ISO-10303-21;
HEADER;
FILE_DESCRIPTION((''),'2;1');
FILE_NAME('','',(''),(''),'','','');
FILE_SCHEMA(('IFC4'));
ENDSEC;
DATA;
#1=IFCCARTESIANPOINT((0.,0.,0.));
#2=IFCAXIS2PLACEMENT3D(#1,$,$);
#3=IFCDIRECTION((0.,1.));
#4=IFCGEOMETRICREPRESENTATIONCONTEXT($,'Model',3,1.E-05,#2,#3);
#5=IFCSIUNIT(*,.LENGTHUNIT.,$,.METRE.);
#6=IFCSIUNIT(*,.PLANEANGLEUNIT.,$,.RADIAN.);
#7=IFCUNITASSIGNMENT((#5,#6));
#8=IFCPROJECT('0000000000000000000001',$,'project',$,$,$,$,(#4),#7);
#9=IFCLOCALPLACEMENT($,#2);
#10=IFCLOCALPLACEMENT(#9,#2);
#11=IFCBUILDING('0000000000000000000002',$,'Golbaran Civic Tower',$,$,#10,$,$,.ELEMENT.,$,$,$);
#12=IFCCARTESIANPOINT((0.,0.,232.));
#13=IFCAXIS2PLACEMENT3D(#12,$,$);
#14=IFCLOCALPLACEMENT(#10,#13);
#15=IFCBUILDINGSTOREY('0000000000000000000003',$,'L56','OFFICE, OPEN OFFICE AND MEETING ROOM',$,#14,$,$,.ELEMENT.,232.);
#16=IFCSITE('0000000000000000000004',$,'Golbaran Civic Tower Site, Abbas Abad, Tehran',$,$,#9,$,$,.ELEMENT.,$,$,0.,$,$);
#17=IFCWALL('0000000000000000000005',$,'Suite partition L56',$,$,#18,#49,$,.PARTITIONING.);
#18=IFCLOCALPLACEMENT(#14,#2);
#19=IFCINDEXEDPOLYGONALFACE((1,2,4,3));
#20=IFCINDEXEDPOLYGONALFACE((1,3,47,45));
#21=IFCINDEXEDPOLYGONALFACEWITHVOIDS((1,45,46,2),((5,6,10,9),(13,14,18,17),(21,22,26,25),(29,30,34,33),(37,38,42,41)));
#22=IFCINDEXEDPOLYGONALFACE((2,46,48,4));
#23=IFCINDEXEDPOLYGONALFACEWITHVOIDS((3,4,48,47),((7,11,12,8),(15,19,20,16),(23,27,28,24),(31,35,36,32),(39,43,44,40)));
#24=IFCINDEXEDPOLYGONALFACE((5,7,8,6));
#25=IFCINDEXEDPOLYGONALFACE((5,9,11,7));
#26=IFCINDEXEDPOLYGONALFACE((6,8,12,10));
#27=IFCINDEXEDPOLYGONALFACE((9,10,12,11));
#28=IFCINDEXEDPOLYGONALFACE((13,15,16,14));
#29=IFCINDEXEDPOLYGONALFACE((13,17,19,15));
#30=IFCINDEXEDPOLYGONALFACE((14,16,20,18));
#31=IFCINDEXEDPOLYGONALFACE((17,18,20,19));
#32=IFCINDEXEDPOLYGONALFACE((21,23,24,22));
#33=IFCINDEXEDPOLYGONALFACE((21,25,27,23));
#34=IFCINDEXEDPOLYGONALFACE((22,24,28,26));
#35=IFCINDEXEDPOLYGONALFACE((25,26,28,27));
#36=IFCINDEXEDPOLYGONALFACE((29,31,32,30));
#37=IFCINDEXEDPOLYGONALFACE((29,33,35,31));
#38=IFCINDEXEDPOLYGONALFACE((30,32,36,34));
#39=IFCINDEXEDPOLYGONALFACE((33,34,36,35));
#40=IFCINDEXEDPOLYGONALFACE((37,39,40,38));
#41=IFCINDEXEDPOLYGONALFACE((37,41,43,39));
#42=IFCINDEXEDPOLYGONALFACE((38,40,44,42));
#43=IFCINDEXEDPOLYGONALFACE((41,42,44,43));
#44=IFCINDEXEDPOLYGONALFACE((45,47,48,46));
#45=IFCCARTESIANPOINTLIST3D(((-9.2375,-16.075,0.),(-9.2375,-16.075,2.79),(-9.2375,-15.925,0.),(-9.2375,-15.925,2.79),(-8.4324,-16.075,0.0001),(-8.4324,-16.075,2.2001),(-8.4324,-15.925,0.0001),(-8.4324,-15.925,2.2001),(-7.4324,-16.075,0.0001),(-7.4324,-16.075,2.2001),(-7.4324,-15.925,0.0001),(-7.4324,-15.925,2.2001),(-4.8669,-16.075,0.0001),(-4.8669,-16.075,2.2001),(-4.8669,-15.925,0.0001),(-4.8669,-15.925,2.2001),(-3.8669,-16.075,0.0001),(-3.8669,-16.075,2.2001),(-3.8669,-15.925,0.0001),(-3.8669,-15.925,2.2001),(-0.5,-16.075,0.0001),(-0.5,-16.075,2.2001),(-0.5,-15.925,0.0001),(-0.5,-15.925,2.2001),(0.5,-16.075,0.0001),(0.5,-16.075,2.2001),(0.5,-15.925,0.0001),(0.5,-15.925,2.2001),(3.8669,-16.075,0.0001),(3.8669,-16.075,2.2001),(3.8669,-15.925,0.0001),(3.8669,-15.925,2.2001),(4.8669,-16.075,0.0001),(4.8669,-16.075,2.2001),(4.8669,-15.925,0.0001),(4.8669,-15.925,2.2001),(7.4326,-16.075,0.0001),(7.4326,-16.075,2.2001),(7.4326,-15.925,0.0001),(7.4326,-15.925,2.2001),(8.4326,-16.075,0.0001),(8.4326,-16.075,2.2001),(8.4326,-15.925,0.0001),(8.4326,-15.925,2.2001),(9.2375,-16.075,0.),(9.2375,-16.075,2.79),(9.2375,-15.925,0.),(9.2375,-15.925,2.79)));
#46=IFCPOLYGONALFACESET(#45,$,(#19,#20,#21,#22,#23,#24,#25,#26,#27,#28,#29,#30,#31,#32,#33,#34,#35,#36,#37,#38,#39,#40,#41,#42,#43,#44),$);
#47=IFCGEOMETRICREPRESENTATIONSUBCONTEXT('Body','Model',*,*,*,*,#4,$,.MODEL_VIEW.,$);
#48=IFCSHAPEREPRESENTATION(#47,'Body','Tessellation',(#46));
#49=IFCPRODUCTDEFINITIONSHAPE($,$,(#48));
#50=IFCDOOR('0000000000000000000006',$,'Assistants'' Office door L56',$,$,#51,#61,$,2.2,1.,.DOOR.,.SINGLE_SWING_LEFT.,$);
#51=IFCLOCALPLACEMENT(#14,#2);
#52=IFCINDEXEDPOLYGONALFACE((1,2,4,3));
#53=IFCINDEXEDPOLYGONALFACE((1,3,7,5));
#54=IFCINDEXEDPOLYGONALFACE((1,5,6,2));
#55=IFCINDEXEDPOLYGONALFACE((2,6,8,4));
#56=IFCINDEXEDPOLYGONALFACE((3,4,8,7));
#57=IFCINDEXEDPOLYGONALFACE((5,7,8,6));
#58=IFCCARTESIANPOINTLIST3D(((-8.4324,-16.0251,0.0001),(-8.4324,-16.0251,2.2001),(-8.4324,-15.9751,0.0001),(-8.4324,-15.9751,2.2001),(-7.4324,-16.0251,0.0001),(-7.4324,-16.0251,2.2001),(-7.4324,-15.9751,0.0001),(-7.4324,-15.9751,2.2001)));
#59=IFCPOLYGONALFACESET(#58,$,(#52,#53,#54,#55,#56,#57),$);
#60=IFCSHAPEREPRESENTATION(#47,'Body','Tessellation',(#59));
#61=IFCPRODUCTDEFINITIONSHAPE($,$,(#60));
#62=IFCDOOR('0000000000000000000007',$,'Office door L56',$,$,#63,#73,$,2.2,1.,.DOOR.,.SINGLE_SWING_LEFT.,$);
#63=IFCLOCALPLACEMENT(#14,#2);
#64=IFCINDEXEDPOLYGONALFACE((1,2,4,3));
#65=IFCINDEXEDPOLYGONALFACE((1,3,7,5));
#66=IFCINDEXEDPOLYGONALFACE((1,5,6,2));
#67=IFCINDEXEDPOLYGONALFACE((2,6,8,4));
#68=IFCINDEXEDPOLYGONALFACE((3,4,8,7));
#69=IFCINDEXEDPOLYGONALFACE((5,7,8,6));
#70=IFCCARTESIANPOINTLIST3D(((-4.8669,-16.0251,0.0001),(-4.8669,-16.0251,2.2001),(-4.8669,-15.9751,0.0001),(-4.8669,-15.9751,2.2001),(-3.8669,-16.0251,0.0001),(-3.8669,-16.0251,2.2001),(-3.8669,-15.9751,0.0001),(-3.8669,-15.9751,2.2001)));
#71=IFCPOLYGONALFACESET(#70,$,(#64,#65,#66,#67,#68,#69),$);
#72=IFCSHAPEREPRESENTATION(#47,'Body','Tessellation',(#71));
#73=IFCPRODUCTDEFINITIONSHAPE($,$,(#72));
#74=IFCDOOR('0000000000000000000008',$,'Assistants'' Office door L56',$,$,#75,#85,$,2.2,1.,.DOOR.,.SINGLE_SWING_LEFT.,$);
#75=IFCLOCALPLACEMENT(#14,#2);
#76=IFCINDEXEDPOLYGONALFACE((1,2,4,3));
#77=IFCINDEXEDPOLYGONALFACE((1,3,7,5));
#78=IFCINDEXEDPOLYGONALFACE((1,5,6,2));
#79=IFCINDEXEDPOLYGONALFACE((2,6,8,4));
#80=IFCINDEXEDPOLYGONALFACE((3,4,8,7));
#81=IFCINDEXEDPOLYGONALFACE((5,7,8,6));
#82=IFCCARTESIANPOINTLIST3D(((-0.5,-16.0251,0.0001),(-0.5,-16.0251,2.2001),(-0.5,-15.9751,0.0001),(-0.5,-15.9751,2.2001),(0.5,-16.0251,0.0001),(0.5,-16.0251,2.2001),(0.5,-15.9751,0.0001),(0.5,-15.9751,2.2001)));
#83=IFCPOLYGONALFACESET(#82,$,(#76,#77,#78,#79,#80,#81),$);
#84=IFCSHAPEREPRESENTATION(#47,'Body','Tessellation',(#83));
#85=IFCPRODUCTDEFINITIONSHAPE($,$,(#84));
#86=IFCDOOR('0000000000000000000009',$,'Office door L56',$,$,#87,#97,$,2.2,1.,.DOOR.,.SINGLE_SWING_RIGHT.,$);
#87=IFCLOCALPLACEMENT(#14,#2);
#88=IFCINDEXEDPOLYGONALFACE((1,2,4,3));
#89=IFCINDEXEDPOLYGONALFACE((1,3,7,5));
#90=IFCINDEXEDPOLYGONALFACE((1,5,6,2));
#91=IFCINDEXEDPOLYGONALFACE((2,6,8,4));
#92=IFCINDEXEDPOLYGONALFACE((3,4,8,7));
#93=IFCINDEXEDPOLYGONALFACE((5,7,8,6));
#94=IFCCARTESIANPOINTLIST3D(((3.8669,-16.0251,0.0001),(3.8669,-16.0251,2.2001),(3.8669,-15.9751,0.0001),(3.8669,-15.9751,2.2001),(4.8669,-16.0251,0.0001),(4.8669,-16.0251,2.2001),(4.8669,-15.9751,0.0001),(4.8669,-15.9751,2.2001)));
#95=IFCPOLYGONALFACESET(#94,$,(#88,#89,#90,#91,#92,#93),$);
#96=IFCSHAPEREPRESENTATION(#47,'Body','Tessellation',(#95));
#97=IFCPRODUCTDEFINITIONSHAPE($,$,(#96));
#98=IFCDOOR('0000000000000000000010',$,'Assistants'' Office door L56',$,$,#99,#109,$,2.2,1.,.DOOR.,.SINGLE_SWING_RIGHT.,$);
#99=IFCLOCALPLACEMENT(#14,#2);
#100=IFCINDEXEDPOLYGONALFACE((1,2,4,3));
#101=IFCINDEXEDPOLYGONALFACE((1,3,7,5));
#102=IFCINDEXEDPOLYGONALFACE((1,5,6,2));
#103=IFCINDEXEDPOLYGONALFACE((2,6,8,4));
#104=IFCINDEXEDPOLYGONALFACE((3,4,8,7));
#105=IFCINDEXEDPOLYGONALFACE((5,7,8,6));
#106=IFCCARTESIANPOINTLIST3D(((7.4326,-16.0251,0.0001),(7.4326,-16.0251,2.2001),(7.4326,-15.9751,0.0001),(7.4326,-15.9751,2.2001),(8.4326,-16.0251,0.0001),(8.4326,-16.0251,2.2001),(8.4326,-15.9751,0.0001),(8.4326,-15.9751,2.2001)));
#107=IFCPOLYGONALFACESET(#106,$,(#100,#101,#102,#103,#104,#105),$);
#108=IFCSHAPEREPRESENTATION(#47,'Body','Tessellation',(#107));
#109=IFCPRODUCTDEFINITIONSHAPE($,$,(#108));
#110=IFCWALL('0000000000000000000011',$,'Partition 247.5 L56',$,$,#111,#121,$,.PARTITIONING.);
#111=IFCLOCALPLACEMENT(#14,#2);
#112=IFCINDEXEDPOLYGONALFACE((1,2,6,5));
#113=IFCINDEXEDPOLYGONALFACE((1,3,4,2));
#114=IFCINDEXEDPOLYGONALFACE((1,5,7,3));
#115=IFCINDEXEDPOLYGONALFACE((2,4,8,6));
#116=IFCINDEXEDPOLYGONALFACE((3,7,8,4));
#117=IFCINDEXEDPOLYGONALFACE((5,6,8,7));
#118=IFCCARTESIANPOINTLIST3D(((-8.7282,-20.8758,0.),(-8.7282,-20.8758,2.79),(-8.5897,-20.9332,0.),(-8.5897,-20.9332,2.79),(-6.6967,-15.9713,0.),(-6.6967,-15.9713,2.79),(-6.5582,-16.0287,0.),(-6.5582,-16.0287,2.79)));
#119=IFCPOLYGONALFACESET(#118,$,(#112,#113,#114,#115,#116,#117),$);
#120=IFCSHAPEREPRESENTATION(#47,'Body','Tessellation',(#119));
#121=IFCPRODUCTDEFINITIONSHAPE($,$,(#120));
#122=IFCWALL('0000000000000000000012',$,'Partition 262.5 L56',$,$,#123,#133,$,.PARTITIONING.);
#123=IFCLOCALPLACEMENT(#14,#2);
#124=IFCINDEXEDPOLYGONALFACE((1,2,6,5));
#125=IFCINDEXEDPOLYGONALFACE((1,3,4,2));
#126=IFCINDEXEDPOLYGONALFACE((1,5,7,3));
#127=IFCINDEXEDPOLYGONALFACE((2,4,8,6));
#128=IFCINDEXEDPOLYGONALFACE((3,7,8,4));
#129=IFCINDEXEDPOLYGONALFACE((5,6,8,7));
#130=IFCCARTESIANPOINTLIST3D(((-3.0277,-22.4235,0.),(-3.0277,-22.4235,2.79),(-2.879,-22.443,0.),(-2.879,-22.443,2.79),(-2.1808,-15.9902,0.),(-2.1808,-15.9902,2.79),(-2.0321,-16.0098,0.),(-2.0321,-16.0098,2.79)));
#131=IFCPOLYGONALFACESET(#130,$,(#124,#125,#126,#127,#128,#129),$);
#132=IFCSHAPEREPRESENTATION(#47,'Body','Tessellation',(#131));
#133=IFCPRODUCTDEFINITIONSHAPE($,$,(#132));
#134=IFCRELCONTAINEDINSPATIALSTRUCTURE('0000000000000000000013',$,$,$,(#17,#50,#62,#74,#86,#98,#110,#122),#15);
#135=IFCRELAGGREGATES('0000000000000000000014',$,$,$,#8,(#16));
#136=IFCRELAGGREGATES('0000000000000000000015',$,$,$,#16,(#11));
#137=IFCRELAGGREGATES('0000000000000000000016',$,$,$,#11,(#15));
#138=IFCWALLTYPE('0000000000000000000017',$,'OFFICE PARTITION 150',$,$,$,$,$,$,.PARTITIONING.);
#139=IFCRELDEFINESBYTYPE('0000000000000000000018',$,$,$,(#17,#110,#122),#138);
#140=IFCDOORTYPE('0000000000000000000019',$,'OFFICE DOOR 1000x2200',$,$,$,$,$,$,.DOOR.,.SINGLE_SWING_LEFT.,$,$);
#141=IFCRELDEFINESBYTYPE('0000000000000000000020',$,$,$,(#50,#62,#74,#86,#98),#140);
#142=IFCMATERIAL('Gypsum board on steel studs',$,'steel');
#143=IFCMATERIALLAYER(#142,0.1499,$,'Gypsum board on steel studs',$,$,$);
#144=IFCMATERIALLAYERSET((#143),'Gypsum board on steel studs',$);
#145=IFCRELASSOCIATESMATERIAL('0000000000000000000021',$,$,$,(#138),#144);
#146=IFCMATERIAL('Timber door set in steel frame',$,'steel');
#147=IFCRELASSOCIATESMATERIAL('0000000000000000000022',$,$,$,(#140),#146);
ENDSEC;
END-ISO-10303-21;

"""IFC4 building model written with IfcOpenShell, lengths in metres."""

from ifc_helpers import new_model, si_unit, direction, frame, frame_2d, origin, place, context, subcontext, project, spatial, rectangle, extrude, material, layer, layer_set, type_object, element, fill, save


model = new_model("IFC4")

# Units and contexts
model_context = context("Model", 3, precision=1e-05, world=origin(), true_north=direction((0.0, 1.0)))
body_context = subcontext(model_context, "Body", "Model", "MODEL_VIEW")
ifc_project = project(units=[si_unit("LENGTHUNIT", "METRE"), si_unit("PLANEANGLEUNIT", "RADIAN")], contexts=[model_context])

# Site, building, storey
site_placement = place(None, origin())
site = spatial("IfcSite", under=ifc_project, at=site_placement, Name="Golbaran Civic Tower Site, Abbas Abad, Tehran", CompositionType="ELEMENT", RefElevation=0.0)
building_placement = place(site_placement, origin())
building = spatial("IfcBuilding", under=site, at=building_placement, Name="Golbaran Civic Tower", CompositionType="ELEMENT")
storey_placement = place(building_placement, frame((0.0, 0.0, 232.0)))
storey = spatial("IfcBuildingStorey", under=building, at=storey_placement, Name="L56", Description="OFFICE, OPEN OFFICE AND MEETING ROOM", CompositionType="ELEMENT", Elevation=232.0)

# Shared definitions
ifc_material_1 = material(Name="Timber door set in steel frame", Category="steel")

# Shared definitions
ifc_material_2 = material(Name="Gypsum board on steel studs", Category="steel")
ifc_layer_1 = layer(ifc_material_2, 0.1499, Name="Gypsum board on steel studs")
ifc_layer_set_1 = layer_set([ifc_layer_1], Name="Gypsum board on steel studs")
wall_type_1 = type_object("IfcWallType", Name="OFFICE PARTITION 150", PredefinedType="PARTITIONING", material=ifc_layer_set_1)

# Wall, openings, doors
wall_1_placement = place(storey_placement, frame((-9.2375, -16.0, 0.0), z_axis=(0.0, 0.0, 1.0), x_axis=(1.0, 0.0, 0.0)))
wall_1 = element("IfcWall", 1, at=wall_1_placement, inside=storey, type_object=wall_type_1, Name="Suite partition L56", PredefinedType="PARTITIONING", context=body_context, shape_type="SweptSolid", body=[
    extrude(rectangle(XDim=18.4751, YDim=0.1499, at=frame_2d((9.2375, 0.0))), origin(), (0.0, 0.0, 1.0), 2.79),
])
opening_1_placement = place(wall_1_placement, frame((0.8052, 0.0, 0.0)))
opening_1 = element("IfcOpeningElement", 2, at=opening_1_placement, cuts=wall_1, PredefinedType="OPENING", context=body_context, shape_type="SweptSolid", body=[
    extrude(rectangle(XDim=1.0, YDim=2.2, at=frame_2d((0.5, 1.1001))), frame((0.0, 0.085, 0.0), z_axis=(0.0, -1.0, 0.0), x_axis=(1.0, 0.0, 0.0)), (0.0, 0.0, 1.0), 0.1699),
])
opening_2_placement = place(wall_1_placement, frame((4.3706, 0.0, 0.0)))
opening_2 = element("IfcOpeningElement", 3, at=opening_2_placement, cuts=wall_1, PredefinedType="OPENING", context=body_context, shape_type="SweptSolid", body=[
    extrude(rectangle(XDim=1.0, YDim=2.2, at=frame_2d((0.5, 1.1001))), frame((0.0, 0.085, 0.0), z_axis=(0.0, -1.0, 0.0), x_axis=(1.0, 0.0, 0.0)), (0.0, 0.0, 1.0), 0.1699),
])
opening_3_placement = place(wall_1_placement, frame((8.7375, 0.0, 0.0)))
opening_3 = element("IfcOpeningElement", 4, at=opening_3_placement, cuts=wall_1, PredefinedType="OPENING", context=body_context, shape_type="SweptSolid", body=[
    extrude(rectangle(XDim=1.0, YDim=2.2, at=frame_2d((0.5, 1.1001))), frame((0.0, 0.085, 0.0), z_axis=(0.0, -1.0, 0.0), x_axis=(1.0, 0.0, 0.0)), (0.0, 0.0, 1.0), 0.1699),
])
opening_4_placement = place(wall_1_placement, frame((13.1045, 0.0, 0.0)))
opening_4 = element("IfcOpeningElement", 5, at=opening_4_placement, cuts=wall_1, PredefinedType="OPENING", context=body_context, shape_type="SweptSolid", body=[
    extrude(rectangle(XDim=1.0, YDim=2.2, at=frame_2d((0.5, 1.1001))), frame((0.0, 0.085, 0.0), z_axis=(0.0, -1.0, 0.0), x_axis=(1.0, 0.0, 0.0)), (0.0, 0.0, 1.0), 0.1699),
])
opening_5_placement = place(wall_1_placement, frame((16.6702, 0.0, 0.0)))
opening_5 = element("IfcOpeningElement", 6, at=opening_5_placement, cuts=wall_1, PredefinedType="OPENING", context=body_context, shape_type="SweptSolid", body=[
    extrude(rectangle(XDim=1.0, YDim=2.2, at=frame_2d((0.5, 1.1001))), frame((0.0, 0.085, 0.0), z_axis=(0.0, -1.0, 0.0), x_axis=(1.0, 0.0, 0.0)), (0.0, 0.0, 1.0), 0.1699),
])
door_type_1 = type_object("IfcDoorType", Name="OFFICE DOOR 1000x2200", OperationType="SINGLE_SWING_LEFT", PredefinedType="DOOR", material=ifc_material_1)
door_1_placement = place(opening_1_placement, origin())
door_1 = element("IfcDoor", 7, at=door_1_placement, inside=storey, type_object=door_type_1, Name="Assistants' Office door L56", OperationType="SINGLE_SWING_LEFT", OverallHeight=2.2, OverallWidth=1.0, PredefinedType="DOOR", context=body_context, shape_type="SweptSolid", body=[
    extrude(rectangle(XDim=1.0, YDim=2.2, at=frame_2d((0.5, 1.1001))), frame((0.0, 0.0249, 0.0), z_axis=(0.0, -1.0, 0.0), x_axis=(1.0, 0.0, 0.0)), (0.0, 0.0, 1.0), 0.05),
])
fill(opening_1, door_1)
door_2_placement = place(opening_2_placement, origin())
door_2 = element("IfcDoor", 8, at=door_2_placement, inside=storey, type_object=door_type_1, Name="Office door L56", OperationType="SINGLE_SWING_LEFT", OverallHeight=2.2, OverallWidth=1.0, PredefinedType="DOOR", context=body_context, shape_type="SweptSolid", body=[
    extrude(rectangle(XDim=1.0, YDim=2.2, at=frame_2d((0.5, 1.1001))), frame((0.0, 0.0249, 0.0), z_axis=(0.0, -1.0, 0.0), x_axis=(1.0, 0.0, 0.0)), (0.0, 0.0, 1.0), 0.05),
])
fill(opening_2, door_2)
door_3_placement = place(opening_3_placement, origin())
door_3 = element("IfcDoor", 9, at=door_3_placement, inside=storey, type_object=door_type_1, Name="Assistants' Office door L56", OperationType="SINGLE_SWING_LEFT", OverallHeight=2.2, OverallWidth=1.0, PredefinedType="DOOR", context=body_context, shape_type="SweptSolid", body=[
    extrude(rectangle(XDim=1.0, YDim=2.2, at=frame_2d((0.5, 1.1001))), frame((0.0, 0.0249, 0.0), z_axis=(0.0, -1.0, 0.0), x_axis=(1.0, 0.0, 0.0)), (0.0, 0.0, 1.0), 0.05),
])
fill(opening_3, door_3)
door_4_placement = place(opening_4_placement, origin())
door_4 = element("IfcDoor", 10, at=door_4_placement, inside=storey, type_object=door_type_1, Name="Office door L56", OperationType="SINGLE_SWING_RIGHT", OverallHeight=2.2, OverallWidth=1.0, PredefinedType="DOOR", context=body_context, shape_type="SweptSolid", body=[
    extrude(rectangle(XDim=1.0, YDim=2.2, at=frame_2d((0.5, 1.1001))), frame((0.0, 0.0249, 0.0), z_axis=(0.0, -1.0, 0.0), x_axis=(1.0, 0.0, 0.0)), (0.0, 0.0, 1.0), 0.05),
])
fill(opening_4, door_4)
door_5_placement = place(opening_5_placement, origin())
door_5 = element("IfcDoor", 11, at=door_5_placement, inside=storey, type_object=door_type_1, Name="Assistants' Office door L56", OperationType="SINGLE_SWING_RIGHT", OverallHeight=2.2, OverallWidth=1.0, PredefinedType="DOOR", context=body_context, shape_type="SweptSolid", body=[
    extrude(rectangle(XDim=1.0, YDim=2.2, at=frame_2d((0.5, 1.1001))), frame((0.0, 0.0249, 0.0), z_axis=(0.0, -1.0, 0.0), x_axis=(1.0, 0.0, 0.0)), (0.0, 0.0, 1.0), 0.05),
])
fill(opening_5, door_5)

# Walls
wall_2_placement = place(storey_placement, frame((-6.6274, -16.0, 0.0), z_axis=(0.0, 0.0, 1.0), x_axis=(-0.382678, -0.923882, 0.0)))
element("IfcWall", 12, at=wall_2_placement, inside=storey, type_object=wall_type_1, Name="Partition 247.5 L56", PredefinedType="PARTITIONING", context=body_context, shape_type="SweptSolid", body=[
    extrude(rectangle(XDim=5.3086, YDim=0.1499, at=frame_2d((2.6543, 0.0))), origin(), (0.0, 0.0, 1.0), 2.79),
])
wall_3_placement = place(storey_placement, frame((-2.1064, -16.0, 0.0), z_axis=(0.0, 0.0, 1.0), x_axis=(-0.13052, -0.991446, 0.0)))
element("IfcWall", 13, at=wall_3_placement, inside=storey, type_object=wall_type_1, Name="Partition 262.5 L56", PredefinedType="PARTITIONING", context=body_context, shape_type="SweptSolid", body=[
    extrude(rectangle(XDim=6.4888, YDim=0.1499, at=frame_2d((3.2444, 0.0))), origin(), (0.0, 0.0, 1.0), 2.79),
])

save(model, "model.ifc")
